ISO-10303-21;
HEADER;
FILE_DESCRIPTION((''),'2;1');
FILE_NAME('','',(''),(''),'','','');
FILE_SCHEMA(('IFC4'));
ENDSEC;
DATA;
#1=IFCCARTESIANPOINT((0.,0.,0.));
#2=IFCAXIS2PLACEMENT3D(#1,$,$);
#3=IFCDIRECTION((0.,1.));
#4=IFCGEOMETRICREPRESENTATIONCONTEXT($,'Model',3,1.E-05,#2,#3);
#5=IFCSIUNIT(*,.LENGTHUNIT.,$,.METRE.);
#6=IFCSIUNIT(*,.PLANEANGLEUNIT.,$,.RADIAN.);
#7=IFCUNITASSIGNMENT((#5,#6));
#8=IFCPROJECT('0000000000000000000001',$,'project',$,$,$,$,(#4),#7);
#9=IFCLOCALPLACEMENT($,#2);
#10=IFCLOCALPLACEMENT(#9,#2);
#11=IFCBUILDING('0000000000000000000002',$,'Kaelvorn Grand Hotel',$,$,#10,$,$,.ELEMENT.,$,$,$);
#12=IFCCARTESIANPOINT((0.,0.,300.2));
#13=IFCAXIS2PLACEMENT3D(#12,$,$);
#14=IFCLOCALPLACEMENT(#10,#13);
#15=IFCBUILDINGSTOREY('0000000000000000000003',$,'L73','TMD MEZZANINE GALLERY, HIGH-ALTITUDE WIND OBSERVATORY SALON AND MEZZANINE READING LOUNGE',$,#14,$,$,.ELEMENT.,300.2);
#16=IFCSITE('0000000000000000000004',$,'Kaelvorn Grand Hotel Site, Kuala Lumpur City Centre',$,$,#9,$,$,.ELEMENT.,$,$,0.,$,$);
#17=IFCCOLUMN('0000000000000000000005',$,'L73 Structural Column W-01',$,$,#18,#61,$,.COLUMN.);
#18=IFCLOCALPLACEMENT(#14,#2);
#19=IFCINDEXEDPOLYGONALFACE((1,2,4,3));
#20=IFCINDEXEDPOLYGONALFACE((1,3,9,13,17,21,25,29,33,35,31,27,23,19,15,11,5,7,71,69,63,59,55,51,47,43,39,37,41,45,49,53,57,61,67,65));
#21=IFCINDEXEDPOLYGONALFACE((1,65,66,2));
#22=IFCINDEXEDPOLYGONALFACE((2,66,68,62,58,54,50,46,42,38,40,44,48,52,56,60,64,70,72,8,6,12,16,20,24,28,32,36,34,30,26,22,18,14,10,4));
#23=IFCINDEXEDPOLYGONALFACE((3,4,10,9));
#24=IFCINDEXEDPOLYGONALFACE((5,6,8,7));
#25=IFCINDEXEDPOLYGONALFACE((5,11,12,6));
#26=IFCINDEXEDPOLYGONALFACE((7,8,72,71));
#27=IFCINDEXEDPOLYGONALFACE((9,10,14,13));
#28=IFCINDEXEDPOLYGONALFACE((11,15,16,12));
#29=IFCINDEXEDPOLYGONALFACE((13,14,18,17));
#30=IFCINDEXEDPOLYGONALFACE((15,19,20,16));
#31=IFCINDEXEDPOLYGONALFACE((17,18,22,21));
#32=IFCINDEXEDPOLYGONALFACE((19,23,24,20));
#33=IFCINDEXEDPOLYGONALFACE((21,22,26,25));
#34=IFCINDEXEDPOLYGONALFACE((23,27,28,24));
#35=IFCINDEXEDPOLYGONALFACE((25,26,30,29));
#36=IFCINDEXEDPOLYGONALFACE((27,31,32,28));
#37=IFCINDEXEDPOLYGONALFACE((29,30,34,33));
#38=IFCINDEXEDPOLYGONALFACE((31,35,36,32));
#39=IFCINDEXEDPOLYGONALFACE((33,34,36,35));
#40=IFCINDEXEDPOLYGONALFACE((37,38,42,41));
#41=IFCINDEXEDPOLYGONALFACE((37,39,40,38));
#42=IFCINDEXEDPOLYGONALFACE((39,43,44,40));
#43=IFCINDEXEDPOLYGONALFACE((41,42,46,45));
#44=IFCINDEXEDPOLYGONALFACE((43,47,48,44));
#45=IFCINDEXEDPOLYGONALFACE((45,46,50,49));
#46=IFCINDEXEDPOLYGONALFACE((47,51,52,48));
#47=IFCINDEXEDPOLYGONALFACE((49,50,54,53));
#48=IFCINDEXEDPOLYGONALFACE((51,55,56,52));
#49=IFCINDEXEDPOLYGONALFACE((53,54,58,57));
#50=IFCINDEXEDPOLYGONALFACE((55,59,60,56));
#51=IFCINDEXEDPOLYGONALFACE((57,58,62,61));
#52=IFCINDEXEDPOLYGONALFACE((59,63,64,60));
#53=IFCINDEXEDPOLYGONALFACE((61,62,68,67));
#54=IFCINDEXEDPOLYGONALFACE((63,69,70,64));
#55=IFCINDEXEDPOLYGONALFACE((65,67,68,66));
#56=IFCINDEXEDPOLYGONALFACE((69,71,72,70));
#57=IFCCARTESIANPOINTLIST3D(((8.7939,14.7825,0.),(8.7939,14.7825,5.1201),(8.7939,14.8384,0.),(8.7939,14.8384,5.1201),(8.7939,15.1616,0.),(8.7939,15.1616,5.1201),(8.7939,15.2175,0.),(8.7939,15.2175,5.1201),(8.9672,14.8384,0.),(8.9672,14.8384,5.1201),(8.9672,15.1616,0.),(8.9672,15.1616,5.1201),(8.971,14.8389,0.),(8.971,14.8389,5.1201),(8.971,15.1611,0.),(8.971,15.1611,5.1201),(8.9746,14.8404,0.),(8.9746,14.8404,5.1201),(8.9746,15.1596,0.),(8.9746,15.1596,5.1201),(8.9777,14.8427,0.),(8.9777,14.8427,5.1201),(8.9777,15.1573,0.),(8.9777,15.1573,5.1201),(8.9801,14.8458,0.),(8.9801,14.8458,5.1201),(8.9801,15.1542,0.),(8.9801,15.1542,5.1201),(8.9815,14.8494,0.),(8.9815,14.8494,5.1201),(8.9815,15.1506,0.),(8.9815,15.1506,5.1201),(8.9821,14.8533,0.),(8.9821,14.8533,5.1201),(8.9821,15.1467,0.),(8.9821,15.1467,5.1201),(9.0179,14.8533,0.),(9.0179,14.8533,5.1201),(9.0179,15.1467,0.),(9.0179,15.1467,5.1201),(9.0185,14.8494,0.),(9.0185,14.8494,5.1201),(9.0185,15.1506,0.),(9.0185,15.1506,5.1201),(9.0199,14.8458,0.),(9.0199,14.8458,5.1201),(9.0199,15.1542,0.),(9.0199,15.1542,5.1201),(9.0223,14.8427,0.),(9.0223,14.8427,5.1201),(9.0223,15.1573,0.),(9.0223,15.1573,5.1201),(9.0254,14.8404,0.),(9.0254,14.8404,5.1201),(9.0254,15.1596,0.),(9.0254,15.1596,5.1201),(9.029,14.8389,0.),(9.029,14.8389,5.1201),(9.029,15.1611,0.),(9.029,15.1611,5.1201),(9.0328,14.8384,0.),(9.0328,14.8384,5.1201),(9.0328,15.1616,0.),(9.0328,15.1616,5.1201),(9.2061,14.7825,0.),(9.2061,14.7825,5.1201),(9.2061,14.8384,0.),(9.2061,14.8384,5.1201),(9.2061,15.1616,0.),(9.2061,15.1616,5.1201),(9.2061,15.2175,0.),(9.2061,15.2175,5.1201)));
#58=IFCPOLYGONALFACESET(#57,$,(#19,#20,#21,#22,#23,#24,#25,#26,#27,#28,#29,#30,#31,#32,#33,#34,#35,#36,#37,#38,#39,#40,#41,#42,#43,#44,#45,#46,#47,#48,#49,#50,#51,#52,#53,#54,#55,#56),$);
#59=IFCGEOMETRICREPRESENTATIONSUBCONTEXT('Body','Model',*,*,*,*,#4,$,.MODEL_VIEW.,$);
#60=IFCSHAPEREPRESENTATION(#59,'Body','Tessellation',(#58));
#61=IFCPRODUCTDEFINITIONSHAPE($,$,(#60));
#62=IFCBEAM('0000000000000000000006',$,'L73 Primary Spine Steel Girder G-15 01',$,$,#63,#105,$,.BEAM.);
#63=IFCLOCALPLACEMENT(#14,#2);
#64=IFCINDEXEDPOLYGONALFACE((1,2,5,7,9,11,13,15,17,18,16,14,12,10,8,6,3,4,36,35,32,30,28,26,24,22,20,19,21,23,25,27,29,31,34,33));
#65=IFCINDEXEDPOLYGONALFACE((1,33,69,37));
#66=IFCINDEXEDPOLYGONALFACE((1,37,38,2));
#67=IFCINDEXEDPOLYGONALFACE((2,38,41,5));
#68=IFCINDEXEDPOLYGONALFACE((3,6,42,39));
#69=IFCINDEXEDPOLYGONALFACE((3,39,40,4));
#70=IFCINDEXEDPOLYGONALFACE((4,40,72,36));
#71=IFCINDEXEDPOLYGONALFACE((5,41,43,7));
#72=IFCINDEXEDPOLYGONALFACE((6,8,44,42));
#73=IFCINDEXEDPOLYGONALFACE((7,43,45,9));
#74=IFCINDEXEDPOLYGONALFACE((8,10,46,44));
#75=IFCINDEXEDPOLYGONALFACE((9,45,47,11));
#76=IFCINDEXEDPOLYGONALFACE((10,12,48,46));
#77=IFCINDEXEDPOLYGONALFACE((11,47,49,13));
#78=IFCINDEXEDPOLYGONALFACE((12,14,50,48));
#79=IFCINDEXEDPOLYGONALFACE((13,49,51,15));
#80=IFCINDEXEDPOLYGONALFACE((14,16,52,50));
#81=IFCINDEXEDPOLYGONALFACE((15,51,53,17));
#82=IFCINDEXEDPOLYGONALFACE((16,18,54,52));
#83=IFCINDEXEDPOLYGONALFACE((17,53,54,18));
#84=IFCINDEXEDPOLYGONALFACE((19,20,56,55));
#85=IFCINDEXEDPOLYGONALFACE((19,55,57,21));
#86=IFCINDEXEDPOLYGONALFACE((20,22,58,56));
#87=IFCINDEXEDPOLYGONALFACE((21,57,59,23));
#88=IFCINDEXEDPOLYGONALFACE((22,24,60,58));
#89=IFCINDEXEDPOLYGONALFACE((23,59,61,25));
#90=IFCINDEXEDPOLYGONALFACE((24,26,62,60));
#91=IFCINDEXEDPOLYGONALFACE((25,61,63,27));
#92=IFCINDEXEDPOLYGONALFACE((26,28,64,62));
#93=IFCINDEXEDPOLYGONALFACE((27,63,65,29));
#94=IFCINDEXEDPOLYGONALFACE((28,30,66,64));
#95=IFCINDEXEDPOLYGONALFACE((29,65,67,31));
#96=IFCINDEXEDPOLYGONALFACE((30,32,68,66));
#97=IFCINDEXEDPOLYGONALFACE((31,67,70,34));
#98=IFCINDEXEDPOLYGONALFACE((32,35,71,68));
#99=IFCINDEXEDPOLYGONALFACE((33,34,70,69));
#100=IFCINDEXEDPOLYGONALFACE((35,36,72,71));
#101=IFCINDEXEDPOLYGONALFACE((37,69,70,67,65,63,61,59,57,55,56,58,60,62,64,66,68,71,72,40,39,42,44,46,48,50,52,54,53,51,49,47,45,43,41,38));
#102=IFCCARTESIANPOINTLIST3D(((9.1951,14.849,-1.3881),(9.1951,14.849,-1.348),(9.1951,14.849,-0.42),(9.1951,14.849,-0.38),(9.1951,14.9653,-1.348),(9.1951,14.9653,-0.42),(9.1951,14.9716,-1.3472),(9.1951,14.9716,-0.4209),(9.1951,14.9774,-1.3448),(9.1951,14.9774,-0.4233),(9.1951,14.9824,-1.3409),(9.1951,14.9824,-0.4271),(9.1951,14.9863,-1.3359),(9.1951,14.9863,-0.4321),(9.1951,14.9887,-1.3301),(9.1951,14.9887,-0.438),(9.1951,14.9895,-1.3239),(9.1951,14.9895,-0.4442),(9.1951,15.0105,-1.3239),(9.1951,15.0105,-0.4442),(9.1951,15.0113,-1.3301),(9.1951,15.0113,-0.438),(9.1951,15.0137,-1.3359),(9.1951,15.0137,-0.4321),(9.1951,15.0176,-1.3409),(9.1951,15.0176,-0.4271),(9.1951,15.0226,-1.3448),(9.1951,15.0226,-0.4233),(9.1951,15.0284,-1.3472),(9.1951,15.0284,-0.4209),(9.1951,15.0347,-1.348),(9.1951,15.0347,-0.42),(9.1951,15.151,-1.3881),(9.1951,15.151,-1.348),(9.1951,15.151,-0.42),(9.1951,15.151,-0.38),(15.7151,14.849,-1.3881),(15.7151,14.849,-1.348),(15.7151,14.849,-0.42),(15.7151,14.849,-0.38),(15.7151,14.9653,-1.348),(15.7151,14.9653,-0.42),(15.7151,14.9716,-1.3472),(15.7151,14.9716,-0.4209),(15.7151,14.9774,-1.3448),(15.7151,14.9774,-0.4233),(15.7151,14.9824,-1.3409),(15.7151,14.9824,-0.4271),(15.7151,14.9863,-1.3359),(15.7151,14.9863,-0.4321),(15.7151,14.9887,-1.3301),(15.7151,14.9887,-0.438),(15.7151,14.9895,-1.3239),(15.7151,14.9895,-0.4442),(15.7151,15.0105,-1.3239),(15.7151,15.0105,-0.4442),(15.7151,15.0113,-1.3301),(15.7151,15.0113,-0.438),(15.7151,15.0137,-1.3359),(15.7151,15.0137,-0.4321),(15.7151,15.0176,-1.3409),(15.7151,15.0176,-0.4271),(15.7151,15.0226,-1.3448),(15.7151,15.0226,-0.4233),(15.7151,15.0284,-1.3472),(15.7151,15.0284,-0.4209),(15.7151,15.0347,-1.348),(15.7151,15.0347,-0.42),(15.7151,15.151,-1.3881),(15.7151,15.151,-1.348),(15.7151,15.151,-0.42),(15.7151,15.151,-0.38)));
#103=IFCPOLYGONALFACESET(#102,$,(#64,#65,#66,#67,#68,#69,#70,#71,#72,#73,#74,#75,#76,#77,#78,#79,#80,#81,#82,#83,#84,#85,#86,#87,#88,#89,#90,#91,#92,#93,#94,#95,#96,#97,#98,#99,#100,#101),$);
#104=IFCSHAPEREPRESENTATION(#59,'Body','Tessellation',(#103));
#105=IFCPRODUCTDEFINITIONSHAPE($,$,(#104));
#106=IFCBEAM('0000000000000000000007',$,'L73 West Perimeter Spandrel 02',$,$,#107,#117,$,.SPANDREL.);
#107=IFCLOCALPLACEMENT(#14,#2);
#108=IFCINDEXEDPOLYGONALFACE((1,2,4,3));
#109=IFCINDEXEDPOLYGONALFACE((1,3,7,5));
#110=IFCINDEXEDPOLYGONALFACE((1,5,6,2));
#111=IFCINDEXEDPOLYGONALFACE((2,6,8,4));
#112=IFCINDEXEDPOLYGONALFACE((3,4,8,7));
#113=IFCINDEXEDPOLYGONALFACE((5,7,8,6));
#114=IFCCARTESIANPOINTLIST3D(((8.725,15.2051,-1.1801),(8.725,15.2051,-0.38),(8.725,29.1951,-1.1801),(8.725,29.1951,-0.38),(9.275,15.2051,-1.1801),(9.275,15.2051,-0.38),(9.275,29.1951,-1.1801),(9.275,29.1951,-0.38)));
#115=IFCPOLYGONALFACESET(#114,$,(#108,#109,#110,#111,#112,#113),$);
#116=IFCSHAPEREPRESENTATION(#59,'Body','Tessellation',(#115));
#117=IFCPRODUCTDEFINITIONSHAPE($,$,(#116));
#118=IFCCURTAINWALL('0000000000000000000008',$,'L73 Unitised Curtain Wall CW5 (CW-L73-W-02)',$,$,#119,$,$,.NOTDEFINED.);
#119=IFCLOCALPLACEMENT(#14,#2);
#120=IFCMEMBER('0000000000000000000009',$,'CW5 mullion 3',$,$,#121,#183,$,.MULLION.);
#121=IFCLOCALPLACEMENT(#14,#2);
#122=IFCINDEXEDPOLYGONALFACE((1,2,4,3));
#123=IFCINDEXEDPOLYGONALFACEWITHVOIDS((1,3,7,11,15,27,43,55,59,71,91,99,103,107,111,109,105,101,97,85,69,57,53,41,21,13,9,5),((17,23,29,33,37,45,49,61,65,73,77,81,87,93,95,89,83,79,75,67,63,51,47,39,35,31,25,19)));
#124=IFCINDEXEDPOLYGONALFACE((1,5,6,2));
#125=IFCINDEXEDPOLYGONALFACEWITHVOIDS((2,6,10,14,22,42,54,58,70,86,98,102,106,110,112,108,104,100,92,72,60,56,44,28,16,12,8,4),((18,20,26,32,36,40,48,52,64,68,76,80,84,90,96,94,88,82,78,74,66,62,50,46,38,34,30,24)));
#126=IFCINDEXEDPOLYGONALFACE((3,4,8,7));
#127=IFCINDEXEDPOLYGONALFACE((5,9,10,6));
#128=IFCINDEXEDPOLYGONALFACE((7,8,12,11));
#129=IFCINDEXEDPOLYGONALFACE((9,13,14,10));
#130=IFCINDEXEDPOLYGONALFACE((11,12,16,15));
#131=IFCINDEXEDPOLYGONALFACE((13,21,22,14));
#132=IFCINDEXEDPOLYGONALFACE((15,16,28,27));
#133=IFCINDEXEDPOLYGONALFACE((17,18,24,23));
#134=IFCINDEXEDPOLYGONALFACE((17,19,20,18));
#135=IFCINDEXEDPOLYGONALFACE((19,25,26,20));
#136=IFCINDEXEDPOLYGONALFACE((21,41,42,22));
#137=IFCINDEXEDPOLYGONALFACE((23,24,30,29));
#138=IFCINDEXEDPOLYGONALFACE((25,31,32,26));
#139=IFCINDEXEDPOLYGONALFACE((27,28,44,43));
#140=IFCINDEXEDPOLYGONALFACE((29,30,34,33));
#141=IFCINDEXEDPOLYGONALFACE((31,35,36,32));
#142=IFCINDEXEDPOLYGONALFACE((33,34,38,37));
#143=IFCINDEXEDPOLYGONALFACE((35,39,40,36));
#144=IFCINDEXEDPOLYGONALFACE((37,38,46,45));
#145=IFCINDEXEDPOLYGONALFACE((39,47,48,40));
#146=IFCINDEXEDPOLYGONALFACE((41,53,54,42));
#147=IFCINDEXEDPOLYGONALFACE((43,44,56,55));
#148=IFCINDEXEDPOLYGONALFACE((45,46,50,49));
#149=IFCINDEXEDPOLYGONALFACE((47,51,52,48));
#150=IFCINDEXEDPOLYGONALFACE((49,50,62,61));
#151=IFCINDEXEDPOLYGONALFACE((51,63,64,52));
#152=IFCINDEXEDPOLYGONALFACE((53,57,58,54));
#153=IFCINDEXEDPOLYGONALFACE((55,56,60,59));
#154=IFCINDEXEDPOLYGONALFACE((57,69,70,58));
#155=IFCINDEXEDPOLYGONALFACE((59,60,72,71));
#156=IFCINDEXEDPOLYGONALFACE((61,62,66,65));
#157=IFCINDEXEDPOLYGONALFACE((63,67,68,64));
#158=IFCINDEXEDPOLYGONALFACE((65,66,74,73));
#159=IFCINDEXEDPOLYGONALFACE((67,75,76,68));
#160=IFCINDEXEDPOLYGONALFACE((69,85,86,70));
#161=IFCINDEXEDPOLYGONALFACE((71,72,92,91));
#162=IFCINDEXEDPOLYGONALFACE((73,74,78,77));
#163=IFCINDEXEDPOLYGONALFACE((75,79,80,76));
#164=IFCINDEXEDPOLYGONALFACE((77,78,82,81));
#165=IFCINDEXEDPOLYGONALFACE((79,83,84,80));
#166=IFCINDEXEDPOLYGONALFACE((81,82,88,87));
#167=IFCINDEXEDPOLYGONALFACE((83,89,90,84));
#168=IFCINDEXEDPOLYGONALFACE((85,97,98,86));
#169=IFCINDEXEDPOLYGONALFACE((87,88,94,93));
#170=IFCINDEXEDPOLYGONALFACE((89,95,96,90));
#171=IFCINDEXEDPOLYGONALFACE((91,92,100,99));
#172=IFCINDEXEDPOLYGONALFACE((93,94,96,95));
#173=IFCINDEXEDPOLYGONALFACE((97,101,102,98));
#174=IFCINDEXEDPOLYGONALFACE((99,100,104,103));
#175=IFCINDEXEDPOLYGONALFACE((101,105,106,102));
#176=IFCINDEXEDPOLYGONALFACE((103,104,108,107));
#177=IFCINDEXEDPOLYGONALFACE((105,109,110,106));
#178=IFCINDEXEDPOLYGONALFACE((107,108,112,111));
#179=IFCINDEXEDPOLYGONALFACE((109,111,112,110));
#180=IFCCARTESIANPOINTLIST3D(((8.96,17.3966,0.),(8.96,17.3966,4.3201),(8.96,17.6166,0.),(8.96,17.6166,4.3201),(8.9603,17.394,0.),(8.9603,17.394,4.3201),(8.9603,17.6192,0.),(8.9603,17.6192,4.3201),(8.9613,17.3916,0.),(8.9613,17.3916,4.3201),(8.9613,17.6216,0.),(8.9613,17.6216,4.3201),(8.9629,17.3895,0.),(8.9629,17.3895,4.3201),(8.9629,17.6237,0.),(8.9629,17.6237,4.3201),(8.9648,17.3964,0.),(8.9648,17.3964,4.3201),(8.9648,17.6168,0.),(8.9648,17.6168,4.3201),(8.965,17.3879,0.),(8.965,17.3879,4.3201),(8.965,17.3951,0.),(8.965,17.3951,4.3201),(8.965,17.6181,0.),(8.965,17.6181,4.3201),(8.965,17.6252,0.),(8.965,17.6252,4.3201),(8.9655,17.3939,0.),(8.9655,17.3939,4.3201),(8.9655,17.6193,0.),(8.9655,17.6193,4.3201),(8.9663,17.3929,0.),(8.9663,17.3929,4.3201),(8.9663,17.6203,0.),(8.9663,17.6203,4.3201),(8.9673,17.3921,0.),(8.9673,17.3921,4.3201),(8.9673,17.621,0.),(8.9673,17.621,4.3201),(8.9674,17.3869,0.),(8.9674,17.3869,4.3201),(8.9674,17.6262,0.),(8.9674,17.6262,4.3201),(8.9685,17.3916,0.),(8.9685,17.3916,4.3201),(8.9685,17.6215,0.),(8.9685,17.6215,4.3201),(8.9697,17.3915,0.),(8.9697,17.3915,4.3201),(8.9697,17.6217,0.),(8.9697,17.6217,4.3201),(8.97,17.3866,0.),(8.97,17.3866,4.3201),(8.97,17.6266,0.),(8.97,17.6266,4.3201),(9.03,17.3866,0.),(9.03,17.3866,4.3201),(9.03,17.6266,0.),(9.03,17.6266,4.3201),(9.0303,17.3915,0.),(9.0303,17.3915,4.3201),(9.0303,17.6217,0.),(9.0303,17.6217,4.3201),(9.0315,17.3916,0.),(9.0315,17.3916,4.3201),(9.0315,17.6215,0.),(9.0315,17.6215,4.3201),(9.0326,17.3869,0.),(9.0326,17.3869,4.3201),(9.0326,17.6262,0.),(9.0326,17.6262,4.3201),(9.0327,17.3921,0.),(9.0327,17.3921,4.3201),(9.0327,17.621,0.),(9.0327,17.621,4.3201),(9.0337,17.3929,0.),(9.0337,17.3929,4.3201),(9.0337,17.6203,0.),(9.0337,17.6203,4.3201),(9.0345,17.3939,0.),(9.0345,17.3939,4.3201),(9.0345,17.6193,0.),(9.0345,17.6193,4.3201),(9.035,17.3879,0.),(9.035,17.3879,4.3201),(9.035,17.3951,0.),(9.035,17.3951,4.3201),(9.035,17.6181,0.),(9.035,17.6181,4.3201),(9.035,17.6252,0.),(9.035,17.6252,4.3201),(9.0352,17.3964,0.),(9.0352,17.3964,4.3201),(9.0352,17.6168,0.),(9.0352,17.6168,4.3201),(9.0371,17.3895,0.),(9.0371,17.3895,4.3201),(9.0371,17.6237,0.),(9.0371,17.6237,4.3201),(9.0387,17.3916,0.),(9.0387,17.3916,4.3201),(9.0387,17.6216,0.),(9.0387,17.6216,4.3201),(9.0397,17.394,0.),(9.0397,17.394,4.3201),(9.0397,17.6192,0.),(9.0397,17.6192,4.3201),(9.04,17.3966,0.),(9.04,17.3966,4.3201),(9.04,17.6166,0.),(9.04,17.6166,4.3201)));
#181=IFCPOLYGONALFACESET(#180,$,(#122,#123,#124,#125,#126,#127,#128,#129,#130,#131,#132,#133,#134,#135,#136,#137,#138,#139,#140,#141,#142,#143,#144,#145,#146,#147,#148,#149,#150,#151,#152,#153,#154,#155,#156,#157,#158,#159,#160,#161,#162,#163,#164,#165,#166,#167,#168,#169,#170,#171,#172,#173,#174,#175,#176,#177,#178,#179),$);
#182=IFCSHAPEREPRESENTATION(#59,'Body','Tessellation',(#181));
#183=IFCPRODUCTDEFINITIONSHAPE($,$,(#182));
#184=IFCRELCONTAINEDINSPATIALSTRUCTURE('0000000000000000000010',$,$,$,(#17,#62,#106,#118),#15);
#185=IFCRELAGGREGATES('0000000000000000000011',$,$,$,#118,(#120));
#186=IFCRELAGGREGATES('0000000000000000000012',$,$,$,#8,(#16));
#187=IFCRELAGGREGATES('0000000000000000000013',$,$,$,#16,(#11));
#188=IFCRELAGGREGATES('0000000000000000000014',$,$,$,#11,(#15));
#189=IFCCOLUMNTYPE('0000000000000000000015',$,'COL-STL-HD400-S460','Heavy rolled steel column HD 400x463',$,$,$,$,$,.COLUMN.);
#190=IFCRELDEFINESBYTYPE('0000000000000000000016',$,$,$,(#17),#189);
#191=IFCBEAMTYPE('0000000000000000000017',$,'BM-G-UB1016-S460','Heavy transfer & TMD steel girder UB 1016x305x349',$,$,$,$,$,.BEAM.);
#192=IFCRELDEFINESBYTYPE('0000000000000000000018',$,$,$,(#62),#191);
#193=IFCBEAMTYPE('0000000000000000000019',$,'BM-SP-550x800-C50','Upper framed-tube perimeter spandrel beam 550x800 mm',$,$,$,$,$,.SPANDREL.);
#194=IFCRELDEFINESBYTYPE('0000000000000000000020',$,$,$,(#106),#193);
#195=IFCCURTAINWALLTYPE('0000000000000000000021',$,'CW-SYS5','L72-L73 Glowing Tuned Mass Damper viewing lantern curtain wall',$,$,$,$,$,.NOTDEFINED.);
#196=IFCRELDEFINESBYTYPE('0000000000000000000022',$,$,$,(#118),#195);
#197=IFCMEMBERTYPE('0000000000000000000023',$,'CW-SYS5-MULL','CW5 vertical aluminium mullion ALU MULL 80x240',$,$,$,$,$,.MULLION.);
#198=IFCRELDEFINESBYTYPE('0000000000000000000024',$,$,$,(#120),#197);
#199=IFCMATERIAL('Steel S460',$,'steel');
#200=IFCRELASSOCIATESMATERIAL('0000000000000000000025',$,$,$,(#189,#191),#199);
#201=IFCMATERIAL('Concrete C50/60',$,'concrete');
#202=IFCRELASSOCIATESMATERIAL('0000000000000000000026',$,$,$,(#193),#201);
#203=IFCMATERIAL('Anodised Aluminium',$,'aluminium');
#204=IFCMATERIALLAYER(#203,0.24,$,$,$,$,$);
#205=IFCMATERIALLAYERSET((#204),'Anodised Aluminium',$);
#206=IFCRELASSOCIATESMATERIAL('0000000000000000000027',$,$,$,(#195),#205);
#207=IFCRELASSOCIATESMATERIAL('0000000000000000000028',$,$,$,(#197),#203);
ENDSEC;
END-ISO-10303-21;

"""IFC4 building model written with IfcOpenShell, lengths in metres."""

from ifc_helpers import new_model, si_unit, direction, frame, origin, origin_2d, place, context, subcontext, project, spatial, rectangle, hollow_rectangle, i_section, extrude, material, layer, layer_set, material_profile, profile_set, type_object, element, aggregate, save


model = new_model("IFC4")

# Units and contexts
model_context = context("Model", 3, precision=1e-05, world=origin(), true_north=direction((0.0, 1.0)))
body_context = subcontext(model_context, "Body", "Model", "MODEL_VIEW")
ifc_project = project(units=[si_unit("LENGTHUNIT", "METRE"), si_unit("PLANEANGLEUNIT", "RADIAN")], contexts=[model_context])

# Site, building, storey
site_placement = place(None, origin())
site = spatial("IfcSite", under=ifc_project, at=site_placement, Name="Kaelvorn Grand Hotel Site, Kuala Lumpur City Centre", CompositionType="ELEMENT", RefElevation=0.0)
building_placement = place(site_placement, origin())
building = spatial("IfcBuilding", under=site, at=building_placement, Name="Kaelvorn Grand Hotel", CompositionType="ELEMENT")
storey_placement = place(building_placement, frame((0.0, 0.0, 300.2)))
storey = spatial("IfcBuildingStorey", under=building, at=storey_placement, Name="L73", Description="TMD MEZZANINE GALLERY, HIGH-ALTITUDE WIND OBSERVATORY SALON AND MEZZANINE READING LOUNGE", CompositionType="ELEMENT", Elevation=300.2)

# Column
ifc_material_1 = material(Name="Steel S460", Category="steel")
ifc_material_profile_1 = material_profile(ifc_material_1, i_section(OverallWidth=0.4121, OverallDepth=0.4351, WebThickness=0.0359, FlangeThickness=0.0559, FilletRadius=0.0149, at=origin_2d()), Name="HD 400x463")
ifc_profile_set_1 = profile_set([ifc_material_profile_1], Name="Steel S460")
column_type = type_object("IfcColumnType", Name="COL-STL-HD400-S460", Description="Heavy rolled steel column HD 400x463", PredefinedType="COLUMN", material=ifc_profile_set_1)
column_placement = place(storey_placement, frame((9.0, 15.0, 0.0), z_axis=(0.0, 0.0, 1.0), x_axis=(1.0, 0.0, 0.0)))
element("IfcColumn", 1, at=column_placement, inside=storey, type_object=column_type, Name="L73 Structural Column W-01", PredefinedType="COLUMN", context=body_context, shape_type="SweptSolid", body=[
    extrude(i_section(OverallWidth=0.4121, OverallDepth=0.4351, WebThickness=0.0359, FlangeThickness=0.0559, FilletRadius=0.0149, at=origin_2d()), origin(), (0.0, 0.0, 1.0), 5.1201),
])

# Beams
ifc_material_profile_2 = material_profile(ifc_material_1, i_section(OverallWidth=0.302, OverallDepth=1.0081, WebThickness=0.021, FlangeThickness=0.04, FilletRadius=0.0242, at=origin_2d()), Name="UB 1016x305x349")
ifc_profile_set_2 = profile_set([ifc_material_profile_2], Name="Steel S460")
beam_type_1 = type_object("IfcBeamType", Name="BM-G-UB1016-S460", Description="Heavy transfer & TMD steel girder UB 1016x305x349", PredefinedType="BEAM", material=ifc_profile_set_2)
beam_1_placement = place(storey_placement, frame((9.1951, 15.0, -0.884), z_axis=(1.0, 0.0, 0.0), x_axis=(0.0, 1.0, 0.0)))
element("IfcBeam", 2, at=beam_1_placement, inside=storey, type_object=beam_type_1, Name="L73 Primary Spine Steel Girder G-15 01", PredefinedType="BEAM", context=body_context, shape_type="SweptSolid", body=[
    extrude(i_section(OverallWidth=0.302, OverallDepth=1.0081, WebThickness=0.021, FlangeThickness=0.04, FilletRadius=0.0242, at=origin_2d()), origin(), (0.0, 0.0, 1.0), 6.52),
])
ifc_material_2 = material(Name="Concrete C50/60", Category="concrete")
ifc_material_profile_3 = material_profile(ifc_material_2, rectangle(XDim=0.55, YDim=0.8, at=origin_2d()), Name="RC SPANDREL 550x800")
ifc_profile_set_3 = profile_set([ifc_material_profile_3], Name="Concrete C50/60")
beam_type_2 = type_object("IfcBeamType", Name="BM-SP-550x800-C50", Description="Upper framed-tube perimeter spandrel beam 550x800 mm", PredefinedType="SPANDREL", material=ifc_profile_set_3)
beam_2_placement = place(storey_placement, frame((9.0, 15.2051, -0.78), z_axis=(0.0, 1.0, 0.0), x_axis=(-1.0, 0.0, 0.0)))
element("IfcBeam", 3, at=beam_2_placement, inside=storey, type_object=beam_type_2, Name="L73 West Perimeter Spandrel 02", PredefinedType="SPANDREL", context=body_context, shape_type="SweptSolid", body=[
    extrude(rectangle(XDim=0.55, YDim=0.8, at=origin_2d()), origin(), (0.0, 0.0, 1.0), 13.99),
])

# Curtain wall, member
ifc_material_3 = material(Name="Anodised Aluminium", Category="aluminium")
ifc_layer_1 = layer(ifc_material_3, 0.24)
ifc_layer_set_1 = layer_set([ifc_layer_1], Name="Anodised Aluminium")
curtain_wall_type = type_object("IfcCurtainWallType", Name="CW-SYS5", Description="L72-L73 Glowing Tuned Mass Damper viewing lantern curtain wall", PredefinedType="NOTDEFINED", material=ifc_layer_set_1)
curtain_wall_1_placement = place(storey_placement, origin())
curtain_wall_1 = element("IfcCurtainWall", 4, at=curtain_wall_1_placement, inside=storey, type_object=curtain_wall_type, Name="L73 Unitised Curtain Wall CW5 (CW-L73-W-02)", PredefinedType="NOTDEFINED")
ifc_material_profile_4 = material_profile(ifc_material_3, hollow_rectangle(XDim=0.0801, YDim=0.24, WallThickness=0.0049, InnerFilletRadius=0.0049, OuterFilletRadius=0.01, at=origin_2d()), Name="ALU MULL 80x240")
ifc_profile_set_4 = profile_set([ifc_material_profile_4], Name="Anodised Aluminium")
member_type_1 = type_object("IfcMemberType", Name="CW-SYS5-MULL", Description="CW5 vertical aluminium mullion ALU MULL 80x240", PredefinedType="MULLION", material=ifc_profile_set_4)
member_1_placement = place(storey_placement, frame((9.0, 17.5066, 0.0), z_axis=(0.0, 0.0, 1.0), x_axis=(1.0, 0.0, 0.0)))
member_1 = element("IfcMember", 5, at=member_1_placement, type_object=member_type_1, Name="CW5 mullion 3", PredefinedType="MULLION", context=body_context, shape_type="SweptSolid", body=[
    extrude(hollow_rectangle(XDim=0.0801, YDim=0.24, WallThickness=0.0049, InnerFilletRadius=0.0049, OuterFilletRadius=0.01, at=origin_2d()), origin(), (0.0, 0.0, 1.0), 4.3201),
])

aggregate(curtain_wall_1, [member_1])

save(model, "model.ifc")
